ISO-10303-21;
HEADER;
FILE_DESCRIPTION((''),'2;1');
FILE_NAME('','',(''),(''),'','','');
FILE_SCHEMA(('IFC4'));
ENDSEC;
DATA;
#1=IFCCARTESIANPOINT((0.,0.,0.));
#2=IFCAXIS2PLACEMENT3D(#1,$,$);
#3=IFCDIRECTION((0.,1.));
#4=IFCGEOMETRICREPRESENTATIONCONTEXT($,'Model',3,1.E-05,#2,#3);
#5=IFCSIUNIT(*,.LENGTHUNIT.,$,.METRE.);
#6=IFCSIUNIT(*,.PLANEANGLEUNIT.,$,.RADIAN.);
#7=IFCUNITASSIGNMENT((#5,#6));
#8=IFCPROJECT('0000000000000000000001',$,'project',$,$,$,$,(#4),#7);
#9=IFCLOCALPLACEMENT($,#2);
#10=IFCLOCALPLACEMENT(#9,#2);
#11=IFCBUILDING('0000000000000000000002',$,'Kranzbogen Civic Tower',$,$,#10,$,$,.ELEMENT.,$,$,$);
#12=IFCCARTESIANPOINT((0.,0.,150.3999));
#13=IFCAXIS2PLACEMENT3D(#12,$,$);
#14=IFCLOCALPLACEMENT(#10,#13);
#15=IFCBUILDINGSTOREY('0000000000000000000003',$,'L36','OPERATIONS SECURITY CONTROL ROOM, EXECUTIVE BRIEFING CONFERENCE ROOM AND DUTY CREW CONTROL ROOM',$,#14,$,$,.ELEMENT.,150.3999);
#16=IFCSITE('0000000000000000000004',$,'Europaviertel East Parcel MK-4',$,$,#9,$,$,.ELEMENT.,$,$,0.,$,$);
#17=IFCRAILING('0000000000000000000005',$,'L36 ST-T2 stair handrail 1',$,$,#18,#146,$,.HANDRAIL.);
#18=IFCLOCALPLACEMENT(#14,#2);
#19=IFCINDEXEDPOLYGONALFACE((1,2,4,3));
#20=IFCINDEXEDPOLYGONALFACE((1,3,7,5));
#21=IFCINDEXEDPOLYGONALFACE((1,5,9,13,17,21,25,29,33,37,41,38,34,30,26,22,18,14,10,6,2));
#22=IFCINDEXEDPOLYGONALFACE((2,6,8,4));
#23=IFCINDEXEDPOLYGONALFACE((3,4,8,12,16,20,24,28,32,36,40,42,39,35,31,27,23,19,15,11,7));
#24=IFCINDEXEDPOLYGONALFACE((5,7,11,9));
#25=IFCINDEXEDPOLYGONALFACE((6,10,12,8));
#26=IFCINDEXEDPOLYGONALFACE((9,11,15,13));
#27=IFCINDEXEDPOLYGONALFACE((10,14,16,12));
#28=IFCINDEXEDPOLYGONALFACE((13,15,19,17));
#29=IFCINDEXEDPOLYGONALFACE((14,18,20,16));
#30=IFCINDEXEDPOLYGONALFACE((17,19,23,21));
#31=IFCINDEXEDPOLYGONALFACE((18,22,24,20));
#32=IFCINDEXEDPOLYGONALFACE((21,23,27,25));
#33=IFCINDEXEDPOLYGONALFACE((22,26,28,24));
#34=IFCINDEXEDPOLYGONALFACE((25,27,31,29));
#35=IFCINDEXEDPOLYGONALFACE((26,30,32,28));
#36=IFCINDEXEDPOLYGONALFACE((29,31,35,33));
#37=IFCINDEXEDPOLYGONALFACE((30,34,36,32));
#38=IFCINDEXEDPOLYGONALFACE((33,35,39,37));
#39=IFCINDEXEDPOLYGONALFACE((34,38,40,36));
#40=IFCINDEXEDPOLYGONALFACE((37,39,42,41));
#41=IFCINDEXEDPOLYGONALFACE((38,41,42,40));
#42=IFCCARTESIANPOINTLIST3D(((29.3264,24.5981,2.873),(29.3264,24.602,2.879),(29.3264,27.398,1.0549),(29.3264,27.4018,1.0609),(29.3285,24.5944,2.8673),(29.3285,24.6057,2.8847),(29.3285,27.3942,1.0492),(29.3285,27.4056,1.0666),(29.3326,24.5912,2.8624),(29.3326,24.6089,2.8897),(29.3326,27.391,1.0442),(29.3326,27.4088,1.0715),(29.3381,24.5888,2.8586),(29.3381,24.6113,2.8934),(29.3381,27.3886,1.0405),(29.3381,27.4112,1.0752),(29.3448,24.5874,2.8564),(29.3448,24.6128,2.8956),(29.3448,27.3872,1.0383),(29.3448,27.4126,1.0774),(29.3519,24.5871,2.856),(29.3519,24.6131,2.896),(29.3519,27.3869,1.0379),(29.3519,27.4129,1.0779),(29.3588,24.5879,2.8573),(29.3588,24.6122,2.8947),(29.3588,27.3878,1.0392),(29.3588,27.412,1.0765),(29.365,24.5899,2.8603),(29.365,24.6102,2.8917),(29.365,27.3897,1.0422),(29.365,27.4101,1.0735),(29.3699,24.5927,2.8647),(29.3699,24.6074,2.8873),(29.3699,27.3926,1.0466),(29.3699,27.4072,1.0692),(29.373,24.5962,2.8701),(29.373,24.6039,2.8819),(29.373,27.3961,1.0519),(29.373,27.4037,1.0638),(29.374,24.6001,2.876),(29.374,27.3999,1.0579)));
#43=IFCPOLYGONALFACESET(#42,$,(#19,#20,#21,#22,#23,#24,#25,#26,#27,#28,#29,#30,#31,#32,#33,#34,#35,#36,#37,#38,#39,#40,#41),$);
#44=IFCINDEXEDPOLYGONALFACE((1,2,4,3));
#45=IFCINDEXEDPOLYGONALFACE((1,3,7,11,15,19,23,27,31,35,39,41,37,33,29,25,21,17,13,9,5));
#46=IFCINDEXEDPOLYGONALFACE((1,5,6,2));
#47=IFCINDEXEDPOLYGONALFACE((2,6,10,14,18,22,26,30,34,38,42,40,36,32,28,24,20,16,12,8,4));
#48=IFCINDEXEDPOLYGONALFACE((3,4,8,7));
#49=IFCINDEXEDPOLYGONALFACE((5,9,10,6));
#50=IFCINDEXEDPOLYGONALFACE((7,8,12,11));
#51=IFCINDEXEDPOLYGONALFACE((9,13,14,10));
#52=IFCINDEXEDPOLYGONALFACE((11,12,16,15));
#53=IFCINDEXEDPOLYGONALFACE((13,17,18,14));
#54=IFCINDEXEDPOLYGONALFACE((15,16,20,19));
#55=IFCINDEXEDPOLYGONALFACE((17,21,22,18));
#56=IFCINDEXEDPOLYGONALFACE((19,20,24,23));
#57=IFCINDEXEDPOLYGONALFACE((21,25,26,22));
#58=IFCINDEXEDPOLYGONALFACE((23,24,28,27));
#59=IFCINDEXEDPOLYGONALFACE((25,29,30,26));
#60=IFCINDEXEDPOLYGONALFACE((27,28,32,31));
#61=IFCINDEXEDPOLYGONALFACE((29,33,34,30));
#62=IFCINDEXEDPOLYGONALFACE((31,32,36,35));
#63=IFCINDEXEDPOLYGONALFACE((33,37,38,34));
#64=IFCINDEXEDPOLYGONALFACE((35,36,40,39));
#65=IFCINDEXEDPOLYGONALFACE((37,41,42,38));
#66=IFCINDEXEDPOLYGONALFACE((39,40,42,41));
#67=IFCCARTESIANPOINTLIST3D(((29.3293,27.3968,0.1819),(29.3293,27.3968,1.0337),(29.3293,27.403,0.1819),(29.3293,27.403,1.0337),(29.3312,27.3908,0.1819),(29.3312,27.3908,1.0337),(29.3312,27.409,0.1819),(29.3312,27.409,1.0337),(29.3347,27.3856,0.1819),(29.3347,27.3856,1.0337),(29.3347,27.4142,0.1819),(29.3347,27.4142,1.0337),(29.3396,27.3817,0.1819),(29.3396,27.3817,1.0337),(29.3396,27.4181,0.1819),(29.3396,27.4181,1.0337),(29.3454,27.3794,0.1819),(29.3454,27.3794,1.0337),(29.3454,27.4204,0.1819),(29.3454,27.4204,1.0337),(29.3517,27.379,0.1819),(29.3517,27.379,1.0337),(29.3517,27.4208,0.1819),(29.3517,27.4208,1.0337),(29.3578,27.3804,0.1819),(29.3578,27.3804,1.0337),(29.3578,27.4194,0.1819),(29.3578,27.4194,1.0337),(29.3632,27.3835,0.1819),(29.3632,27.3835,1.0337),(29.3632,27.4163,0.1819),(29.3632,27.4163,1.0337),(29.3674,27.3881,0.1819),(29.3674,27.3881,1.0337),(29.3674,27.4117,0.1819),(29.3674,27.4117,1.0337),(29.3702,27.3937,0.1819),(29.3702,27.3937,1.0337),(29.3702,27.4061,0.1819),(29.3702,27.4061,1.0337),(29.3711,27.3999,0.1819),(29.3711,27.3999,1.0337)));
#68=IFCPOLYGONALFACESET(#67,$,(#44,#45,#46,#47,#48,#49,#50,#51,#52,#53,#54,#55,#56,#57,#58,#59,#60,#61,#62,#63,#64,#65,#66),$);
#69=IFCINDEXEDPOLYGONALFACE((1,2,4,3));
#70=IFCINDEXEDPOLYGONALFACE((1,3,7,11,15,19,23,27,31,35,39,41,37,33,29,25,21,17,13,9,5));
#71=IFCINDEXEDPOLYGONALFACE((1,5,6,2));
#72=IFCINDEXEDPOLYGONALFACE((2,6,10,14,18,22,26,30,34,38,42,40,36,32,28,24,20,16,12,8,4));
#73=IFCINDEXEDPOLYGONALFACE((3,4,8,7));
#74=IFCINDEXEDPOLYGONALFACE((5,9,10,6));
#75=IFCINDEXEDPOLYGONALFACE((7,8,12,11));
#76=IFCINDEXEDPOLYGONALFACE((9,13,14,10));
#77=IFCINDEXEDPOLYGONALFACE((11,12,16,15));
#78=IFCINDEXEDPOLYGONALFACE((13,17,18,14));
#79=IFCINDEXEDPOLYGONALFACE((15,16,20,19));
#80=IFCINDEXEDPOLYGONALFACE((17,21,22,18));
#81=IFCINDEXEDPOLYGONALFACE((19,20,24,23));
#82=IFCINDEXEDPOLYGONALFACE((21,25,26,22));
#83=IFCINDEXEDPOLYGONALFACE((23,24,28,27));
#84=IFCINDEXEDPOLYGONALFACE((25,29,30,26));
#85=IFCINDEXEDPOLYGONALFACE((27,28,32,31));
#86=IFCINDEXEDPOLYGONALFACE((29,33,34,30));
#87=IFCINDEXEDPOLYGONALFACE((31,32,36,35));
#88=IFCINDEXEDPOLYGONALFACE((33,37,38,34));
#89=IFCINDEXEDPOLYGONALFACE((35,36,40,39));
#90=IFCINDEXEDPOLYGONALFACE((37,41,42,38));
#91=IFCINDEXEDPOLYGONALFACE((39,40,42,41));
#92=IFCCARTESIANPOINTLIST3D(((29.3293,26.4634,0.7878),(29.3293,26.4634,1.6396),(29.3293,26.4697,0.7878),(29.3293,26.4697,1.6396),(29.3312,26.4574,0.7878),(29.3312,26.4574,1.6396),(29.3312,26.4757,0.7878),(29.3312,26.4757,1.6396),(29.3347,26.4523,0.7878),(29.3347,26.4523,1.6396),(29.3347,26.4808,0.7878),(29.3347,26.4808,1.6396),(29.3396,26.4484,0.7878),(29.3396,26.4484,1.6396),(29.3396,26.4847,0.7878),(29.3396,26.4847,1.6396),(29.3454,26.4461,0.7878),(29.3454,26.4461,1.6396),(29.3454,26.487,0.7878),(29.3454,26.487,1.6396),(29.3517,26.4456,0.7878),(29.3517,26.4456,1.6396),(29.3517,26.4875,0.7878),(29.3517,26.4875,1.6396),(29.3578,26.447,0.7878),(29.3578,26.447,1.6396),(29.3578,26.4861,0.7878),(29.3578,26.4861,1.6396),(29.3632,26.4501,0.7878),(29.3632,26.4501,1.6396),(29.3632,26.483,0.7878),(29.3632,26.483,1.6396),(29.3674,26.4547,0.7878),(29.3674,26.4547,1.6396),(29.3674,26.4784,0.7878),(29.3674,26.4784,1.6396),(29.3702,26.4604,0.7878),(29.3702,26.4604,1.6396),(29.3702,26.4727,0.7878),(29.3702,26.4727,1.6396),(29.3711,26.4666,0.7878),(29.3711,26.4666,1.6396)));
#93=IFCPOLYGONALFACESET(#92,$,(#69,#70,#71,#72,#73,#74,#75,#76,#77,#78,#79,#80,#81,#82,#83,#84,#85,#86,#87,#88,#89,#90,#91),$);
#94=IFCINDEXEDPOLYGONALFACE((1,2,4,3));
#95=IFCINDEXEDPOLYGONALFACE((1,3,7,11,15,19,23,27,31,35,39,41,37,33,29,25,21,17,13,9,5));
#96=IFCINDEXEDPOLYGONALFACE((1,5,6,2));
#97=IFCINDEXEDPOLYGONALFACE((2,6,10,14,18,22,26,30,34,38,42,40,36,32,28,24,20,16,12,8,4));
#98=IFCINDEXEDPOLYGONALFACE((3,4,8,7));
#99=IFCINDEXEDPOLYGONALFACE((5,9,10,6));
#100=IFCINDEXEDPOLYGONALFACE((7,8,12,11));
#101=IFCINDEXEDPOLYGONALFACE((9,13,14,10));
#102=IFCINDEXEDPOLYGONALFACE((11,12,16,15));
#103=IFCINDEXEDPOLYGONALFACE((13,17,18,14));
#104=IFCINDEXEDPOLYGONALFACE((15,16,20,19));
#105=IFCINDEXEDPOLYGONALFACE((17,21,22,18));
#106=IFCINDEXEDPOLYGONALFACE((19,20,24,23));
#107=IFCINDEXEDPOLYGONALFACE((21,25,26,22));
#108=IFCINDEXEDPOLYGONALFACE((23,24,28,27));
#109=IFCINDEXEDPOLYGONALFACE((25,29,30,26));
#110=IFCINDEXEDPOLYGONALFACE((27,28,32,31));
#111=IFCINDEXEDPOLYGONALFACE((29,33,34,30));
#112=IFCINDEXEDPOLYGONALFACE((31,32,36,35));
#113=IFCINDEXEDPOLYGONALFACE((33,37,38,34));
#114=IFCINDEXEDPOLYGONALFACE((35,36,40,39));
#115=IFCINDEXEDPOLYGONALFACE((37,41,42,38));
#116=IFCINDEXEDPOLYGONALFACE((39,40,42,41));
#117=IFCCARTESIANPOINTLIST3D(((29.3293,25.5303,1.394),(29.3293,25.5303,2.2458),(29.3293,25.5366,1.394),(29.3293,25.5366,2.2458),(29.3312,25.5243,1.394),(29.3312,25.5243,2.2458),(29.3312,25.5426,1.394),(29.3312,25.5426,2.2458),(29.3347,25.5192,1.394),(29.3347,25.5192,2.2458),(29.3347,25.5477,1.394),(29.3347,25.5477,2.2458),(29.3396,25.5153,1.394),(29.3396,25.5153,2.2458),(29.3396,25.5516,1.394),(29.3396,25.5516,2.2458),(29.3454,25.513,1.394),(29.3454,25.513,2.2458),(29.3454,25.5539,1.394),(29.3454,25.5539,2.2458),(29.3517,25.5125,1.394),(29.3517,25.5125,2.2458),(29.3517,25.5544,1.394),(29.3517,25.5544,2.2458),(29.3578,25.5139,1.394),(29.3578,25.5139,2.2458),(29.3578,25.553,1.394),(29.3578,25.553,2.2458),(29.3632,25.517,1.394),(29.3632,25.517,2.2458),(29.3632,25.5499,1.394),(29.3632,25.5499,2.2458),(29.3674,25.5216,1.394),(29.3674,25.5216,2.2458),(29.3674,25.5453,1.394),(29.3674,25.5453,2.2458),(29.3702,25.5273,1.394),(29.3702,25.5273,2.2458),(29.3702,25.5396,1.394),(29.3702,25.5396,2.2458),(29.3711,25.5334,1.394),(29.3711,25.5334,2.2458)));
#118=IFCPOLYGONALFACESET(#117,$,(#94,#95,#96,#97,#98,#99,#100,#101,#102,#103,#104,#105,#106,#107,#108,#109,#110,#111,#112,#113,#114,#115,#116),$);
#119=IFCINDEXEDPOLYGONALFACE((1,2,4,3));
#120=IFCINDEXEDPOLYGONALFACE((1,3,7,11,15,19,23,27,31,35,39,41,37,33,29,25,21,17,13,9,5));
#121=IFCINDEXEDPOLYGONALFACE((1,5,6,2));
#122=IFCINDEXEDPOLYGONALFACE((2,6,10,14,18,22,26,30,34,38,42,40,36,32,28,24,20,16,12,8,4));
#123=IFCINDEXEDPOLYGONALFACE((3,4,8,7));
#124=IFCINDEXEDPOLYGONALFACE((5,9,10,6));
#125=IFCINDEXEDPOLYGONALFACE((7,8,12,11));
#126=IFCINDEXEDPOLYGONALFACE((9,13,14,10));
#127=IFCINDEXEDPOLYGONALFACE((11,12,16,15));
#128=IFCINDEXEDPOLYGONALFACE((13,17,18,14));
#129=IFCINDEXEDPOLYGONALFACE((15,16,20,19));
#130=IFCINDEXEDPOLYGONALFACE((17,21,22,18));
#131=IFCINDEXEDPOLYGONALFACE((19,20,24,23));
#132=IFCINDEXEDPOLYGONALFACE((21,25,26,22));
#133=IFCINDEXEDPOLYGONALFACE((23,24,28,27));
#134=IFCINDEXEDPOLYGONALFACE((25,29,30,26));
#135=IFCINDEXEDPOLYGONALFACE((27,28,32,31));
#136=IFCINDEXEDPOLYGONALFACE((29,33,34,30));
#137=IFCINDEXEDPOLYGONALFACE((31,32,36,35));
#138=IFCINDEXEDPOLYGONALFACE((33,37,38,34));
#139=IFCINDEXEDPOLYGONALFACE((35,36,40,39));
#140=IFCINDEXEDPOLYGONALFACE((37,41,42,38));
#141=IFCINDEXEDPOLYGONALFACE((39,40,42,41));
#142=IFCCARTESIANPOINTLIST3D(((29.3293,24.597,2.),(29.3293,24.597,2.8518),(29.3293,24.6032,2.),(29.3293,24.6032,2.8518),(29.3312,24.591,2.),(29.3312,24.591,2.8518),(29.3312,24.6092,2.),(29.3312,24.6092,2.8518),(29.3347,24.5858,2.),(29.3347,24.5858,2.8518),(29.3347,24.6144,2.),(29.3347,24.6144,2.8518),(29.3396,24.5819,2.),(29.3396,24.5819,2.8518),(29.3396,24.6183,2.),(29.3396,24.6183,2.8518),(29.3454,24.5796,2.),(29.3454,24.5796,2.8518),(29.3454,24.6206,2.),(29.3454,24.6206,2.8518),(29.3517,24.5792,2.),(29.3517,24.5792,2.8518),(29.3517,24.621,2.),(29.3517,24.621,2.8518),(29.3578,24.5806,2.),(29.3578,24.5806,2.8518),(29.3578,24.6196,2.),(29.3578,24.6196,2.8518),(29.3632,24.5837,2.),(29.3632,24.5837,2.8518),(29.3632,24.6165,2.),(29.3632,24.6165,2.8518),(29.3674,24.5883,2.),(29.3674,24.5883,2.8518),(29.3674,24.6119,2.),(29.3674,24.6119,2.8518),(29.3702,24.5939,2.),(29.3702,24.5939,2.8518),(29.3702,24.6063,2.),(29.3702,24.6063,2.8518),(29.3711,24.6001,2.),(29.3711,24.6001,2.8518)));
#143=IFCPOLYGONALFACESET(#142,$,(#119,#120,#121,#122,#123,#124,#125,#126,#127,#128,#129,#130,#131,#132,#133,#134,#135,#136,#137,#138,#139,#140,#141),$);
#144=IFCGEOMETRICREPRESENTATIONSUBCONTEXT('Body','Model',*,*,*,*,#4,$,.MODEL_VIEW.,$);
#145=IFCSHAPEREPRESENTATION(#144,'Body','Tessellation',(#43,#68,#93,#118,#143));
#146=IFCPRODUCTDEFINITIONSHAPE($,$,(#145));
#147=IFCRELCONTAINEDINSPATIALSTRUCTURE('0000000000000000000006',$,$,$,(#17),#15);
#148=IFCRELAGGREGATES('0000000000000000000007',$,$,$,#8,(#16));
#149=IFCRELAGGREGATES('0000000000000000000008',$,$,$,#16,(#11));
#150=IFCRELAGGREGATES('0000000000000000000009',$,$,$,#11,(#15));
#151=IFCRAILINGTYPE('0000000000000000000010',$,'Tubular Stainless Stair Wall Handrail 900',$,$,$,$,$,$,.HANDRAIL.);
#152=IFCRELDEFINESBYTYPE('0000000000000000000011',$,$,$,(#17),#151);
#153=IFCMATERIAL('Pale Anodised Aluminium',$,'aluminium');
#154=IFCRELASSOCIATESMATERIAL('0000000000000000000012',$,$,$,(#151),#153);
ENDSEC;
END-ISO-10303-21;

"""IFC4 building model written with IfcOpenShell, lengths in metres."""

from ifc_helpers import new_model, si_unit, direction, frame, origin, origin_2d, place, context, subcontext, project, spatial, circle, extrude, material, type_object, element, save


model = new_model("IFC4")

# Units and contexts
model_context = context("Model", 3, precision=1e-05, world=origin(), true_north=direction((0.0, 1.0)))
body_context = subcontext(model_context, "Body", "Model", "MODEL_VIEW")
ifc_project = project(units=[si_unit("LENGTHUNIT", "METRE"), si_unit("PLANEANGLEUNIT", "RADIAN")], contexts=[model_context])

# Site, building, storey
site_placement = place(None, origin())
site = spatial("IfcSite", under=ifc_project, at=site_placement, Name="Europaviertel East Parcel MK-4", CompositionType="ELEMENT", RefElevation=0.0)
building_placement = place(site_placement, origin())
building = spatial("IfcBuilding", under=site, at=building_placement, Name="Kranzbogen Civic Tower", CompositionType="ELEMENT")
storey_placement = place(building_placement, frame((0.0, 0.0, 150.3999)))
storey = spatial("IfcBuildingStorey", under=building, at=storey_placement, Name="L36", Description="OPERATIONS SECURITY CONTROL ROOM, EXECUTIVE BRIEFING CONFERENCE ROOM AND DUTY CREW CONTROL ROOM", CompositionType="ELEMENT", Elevation=150.3999)

# Shared definitions
ifc_material_1 = material(Name="Pale Anodised Aluminium", Category="aluminium")

# Railing
railing_type_1 = type_object("IfcRailingType", Name="Tubular Stainless Stair Wall Handrail 900", PredefinedType="HANDRAIL", material=ifc_material_1)
railing_1_placement = place(storey_placement, frame((29.3501, 27.3999, 0.1819)))
element("IfcRailing", 1, at=railing_1_placement, inside=storey, type_object=railing_type_1, Name="L36 ST-T2 stair handrail 1", PredefinedType="HANDRAIL", context=body_context, shape_type="SweptSolid", body=[
    extrude(circle(Radius=0.0239, at=origin_2d()), frame((0.0, 0.0, 0.876), z_axis=(0.0, -0.838684, 0.544618), x_axis=(1.0, 0.0, 0.0)), (0.0, 0.0, 1.0), 3.3384),
    extrude(circle(Radius=0.021, at=origin_2d()), origin(), (0.0, 0.0, 1.0), 0.8518),
    extrude(circle(Radius=0.021, at=origin_2d()), frame((0.0, -0.9333, 0.606)), (0.0, 0.0, 1.0), 0.8518),
    extrude(circle(Radius=0.021, at=origin_2d()), frame((0.0, -1.8665, 1.2122)), (0.0, 0.0, 1.0), 0.8518),
    extrude(circle(Radius=0.021, at=origin_2d()), frame((0.0, -2.7998, 1.8181)), (0.0, 0.0, 1.0), 0.8518),
])

save(model, "model.ifc")
